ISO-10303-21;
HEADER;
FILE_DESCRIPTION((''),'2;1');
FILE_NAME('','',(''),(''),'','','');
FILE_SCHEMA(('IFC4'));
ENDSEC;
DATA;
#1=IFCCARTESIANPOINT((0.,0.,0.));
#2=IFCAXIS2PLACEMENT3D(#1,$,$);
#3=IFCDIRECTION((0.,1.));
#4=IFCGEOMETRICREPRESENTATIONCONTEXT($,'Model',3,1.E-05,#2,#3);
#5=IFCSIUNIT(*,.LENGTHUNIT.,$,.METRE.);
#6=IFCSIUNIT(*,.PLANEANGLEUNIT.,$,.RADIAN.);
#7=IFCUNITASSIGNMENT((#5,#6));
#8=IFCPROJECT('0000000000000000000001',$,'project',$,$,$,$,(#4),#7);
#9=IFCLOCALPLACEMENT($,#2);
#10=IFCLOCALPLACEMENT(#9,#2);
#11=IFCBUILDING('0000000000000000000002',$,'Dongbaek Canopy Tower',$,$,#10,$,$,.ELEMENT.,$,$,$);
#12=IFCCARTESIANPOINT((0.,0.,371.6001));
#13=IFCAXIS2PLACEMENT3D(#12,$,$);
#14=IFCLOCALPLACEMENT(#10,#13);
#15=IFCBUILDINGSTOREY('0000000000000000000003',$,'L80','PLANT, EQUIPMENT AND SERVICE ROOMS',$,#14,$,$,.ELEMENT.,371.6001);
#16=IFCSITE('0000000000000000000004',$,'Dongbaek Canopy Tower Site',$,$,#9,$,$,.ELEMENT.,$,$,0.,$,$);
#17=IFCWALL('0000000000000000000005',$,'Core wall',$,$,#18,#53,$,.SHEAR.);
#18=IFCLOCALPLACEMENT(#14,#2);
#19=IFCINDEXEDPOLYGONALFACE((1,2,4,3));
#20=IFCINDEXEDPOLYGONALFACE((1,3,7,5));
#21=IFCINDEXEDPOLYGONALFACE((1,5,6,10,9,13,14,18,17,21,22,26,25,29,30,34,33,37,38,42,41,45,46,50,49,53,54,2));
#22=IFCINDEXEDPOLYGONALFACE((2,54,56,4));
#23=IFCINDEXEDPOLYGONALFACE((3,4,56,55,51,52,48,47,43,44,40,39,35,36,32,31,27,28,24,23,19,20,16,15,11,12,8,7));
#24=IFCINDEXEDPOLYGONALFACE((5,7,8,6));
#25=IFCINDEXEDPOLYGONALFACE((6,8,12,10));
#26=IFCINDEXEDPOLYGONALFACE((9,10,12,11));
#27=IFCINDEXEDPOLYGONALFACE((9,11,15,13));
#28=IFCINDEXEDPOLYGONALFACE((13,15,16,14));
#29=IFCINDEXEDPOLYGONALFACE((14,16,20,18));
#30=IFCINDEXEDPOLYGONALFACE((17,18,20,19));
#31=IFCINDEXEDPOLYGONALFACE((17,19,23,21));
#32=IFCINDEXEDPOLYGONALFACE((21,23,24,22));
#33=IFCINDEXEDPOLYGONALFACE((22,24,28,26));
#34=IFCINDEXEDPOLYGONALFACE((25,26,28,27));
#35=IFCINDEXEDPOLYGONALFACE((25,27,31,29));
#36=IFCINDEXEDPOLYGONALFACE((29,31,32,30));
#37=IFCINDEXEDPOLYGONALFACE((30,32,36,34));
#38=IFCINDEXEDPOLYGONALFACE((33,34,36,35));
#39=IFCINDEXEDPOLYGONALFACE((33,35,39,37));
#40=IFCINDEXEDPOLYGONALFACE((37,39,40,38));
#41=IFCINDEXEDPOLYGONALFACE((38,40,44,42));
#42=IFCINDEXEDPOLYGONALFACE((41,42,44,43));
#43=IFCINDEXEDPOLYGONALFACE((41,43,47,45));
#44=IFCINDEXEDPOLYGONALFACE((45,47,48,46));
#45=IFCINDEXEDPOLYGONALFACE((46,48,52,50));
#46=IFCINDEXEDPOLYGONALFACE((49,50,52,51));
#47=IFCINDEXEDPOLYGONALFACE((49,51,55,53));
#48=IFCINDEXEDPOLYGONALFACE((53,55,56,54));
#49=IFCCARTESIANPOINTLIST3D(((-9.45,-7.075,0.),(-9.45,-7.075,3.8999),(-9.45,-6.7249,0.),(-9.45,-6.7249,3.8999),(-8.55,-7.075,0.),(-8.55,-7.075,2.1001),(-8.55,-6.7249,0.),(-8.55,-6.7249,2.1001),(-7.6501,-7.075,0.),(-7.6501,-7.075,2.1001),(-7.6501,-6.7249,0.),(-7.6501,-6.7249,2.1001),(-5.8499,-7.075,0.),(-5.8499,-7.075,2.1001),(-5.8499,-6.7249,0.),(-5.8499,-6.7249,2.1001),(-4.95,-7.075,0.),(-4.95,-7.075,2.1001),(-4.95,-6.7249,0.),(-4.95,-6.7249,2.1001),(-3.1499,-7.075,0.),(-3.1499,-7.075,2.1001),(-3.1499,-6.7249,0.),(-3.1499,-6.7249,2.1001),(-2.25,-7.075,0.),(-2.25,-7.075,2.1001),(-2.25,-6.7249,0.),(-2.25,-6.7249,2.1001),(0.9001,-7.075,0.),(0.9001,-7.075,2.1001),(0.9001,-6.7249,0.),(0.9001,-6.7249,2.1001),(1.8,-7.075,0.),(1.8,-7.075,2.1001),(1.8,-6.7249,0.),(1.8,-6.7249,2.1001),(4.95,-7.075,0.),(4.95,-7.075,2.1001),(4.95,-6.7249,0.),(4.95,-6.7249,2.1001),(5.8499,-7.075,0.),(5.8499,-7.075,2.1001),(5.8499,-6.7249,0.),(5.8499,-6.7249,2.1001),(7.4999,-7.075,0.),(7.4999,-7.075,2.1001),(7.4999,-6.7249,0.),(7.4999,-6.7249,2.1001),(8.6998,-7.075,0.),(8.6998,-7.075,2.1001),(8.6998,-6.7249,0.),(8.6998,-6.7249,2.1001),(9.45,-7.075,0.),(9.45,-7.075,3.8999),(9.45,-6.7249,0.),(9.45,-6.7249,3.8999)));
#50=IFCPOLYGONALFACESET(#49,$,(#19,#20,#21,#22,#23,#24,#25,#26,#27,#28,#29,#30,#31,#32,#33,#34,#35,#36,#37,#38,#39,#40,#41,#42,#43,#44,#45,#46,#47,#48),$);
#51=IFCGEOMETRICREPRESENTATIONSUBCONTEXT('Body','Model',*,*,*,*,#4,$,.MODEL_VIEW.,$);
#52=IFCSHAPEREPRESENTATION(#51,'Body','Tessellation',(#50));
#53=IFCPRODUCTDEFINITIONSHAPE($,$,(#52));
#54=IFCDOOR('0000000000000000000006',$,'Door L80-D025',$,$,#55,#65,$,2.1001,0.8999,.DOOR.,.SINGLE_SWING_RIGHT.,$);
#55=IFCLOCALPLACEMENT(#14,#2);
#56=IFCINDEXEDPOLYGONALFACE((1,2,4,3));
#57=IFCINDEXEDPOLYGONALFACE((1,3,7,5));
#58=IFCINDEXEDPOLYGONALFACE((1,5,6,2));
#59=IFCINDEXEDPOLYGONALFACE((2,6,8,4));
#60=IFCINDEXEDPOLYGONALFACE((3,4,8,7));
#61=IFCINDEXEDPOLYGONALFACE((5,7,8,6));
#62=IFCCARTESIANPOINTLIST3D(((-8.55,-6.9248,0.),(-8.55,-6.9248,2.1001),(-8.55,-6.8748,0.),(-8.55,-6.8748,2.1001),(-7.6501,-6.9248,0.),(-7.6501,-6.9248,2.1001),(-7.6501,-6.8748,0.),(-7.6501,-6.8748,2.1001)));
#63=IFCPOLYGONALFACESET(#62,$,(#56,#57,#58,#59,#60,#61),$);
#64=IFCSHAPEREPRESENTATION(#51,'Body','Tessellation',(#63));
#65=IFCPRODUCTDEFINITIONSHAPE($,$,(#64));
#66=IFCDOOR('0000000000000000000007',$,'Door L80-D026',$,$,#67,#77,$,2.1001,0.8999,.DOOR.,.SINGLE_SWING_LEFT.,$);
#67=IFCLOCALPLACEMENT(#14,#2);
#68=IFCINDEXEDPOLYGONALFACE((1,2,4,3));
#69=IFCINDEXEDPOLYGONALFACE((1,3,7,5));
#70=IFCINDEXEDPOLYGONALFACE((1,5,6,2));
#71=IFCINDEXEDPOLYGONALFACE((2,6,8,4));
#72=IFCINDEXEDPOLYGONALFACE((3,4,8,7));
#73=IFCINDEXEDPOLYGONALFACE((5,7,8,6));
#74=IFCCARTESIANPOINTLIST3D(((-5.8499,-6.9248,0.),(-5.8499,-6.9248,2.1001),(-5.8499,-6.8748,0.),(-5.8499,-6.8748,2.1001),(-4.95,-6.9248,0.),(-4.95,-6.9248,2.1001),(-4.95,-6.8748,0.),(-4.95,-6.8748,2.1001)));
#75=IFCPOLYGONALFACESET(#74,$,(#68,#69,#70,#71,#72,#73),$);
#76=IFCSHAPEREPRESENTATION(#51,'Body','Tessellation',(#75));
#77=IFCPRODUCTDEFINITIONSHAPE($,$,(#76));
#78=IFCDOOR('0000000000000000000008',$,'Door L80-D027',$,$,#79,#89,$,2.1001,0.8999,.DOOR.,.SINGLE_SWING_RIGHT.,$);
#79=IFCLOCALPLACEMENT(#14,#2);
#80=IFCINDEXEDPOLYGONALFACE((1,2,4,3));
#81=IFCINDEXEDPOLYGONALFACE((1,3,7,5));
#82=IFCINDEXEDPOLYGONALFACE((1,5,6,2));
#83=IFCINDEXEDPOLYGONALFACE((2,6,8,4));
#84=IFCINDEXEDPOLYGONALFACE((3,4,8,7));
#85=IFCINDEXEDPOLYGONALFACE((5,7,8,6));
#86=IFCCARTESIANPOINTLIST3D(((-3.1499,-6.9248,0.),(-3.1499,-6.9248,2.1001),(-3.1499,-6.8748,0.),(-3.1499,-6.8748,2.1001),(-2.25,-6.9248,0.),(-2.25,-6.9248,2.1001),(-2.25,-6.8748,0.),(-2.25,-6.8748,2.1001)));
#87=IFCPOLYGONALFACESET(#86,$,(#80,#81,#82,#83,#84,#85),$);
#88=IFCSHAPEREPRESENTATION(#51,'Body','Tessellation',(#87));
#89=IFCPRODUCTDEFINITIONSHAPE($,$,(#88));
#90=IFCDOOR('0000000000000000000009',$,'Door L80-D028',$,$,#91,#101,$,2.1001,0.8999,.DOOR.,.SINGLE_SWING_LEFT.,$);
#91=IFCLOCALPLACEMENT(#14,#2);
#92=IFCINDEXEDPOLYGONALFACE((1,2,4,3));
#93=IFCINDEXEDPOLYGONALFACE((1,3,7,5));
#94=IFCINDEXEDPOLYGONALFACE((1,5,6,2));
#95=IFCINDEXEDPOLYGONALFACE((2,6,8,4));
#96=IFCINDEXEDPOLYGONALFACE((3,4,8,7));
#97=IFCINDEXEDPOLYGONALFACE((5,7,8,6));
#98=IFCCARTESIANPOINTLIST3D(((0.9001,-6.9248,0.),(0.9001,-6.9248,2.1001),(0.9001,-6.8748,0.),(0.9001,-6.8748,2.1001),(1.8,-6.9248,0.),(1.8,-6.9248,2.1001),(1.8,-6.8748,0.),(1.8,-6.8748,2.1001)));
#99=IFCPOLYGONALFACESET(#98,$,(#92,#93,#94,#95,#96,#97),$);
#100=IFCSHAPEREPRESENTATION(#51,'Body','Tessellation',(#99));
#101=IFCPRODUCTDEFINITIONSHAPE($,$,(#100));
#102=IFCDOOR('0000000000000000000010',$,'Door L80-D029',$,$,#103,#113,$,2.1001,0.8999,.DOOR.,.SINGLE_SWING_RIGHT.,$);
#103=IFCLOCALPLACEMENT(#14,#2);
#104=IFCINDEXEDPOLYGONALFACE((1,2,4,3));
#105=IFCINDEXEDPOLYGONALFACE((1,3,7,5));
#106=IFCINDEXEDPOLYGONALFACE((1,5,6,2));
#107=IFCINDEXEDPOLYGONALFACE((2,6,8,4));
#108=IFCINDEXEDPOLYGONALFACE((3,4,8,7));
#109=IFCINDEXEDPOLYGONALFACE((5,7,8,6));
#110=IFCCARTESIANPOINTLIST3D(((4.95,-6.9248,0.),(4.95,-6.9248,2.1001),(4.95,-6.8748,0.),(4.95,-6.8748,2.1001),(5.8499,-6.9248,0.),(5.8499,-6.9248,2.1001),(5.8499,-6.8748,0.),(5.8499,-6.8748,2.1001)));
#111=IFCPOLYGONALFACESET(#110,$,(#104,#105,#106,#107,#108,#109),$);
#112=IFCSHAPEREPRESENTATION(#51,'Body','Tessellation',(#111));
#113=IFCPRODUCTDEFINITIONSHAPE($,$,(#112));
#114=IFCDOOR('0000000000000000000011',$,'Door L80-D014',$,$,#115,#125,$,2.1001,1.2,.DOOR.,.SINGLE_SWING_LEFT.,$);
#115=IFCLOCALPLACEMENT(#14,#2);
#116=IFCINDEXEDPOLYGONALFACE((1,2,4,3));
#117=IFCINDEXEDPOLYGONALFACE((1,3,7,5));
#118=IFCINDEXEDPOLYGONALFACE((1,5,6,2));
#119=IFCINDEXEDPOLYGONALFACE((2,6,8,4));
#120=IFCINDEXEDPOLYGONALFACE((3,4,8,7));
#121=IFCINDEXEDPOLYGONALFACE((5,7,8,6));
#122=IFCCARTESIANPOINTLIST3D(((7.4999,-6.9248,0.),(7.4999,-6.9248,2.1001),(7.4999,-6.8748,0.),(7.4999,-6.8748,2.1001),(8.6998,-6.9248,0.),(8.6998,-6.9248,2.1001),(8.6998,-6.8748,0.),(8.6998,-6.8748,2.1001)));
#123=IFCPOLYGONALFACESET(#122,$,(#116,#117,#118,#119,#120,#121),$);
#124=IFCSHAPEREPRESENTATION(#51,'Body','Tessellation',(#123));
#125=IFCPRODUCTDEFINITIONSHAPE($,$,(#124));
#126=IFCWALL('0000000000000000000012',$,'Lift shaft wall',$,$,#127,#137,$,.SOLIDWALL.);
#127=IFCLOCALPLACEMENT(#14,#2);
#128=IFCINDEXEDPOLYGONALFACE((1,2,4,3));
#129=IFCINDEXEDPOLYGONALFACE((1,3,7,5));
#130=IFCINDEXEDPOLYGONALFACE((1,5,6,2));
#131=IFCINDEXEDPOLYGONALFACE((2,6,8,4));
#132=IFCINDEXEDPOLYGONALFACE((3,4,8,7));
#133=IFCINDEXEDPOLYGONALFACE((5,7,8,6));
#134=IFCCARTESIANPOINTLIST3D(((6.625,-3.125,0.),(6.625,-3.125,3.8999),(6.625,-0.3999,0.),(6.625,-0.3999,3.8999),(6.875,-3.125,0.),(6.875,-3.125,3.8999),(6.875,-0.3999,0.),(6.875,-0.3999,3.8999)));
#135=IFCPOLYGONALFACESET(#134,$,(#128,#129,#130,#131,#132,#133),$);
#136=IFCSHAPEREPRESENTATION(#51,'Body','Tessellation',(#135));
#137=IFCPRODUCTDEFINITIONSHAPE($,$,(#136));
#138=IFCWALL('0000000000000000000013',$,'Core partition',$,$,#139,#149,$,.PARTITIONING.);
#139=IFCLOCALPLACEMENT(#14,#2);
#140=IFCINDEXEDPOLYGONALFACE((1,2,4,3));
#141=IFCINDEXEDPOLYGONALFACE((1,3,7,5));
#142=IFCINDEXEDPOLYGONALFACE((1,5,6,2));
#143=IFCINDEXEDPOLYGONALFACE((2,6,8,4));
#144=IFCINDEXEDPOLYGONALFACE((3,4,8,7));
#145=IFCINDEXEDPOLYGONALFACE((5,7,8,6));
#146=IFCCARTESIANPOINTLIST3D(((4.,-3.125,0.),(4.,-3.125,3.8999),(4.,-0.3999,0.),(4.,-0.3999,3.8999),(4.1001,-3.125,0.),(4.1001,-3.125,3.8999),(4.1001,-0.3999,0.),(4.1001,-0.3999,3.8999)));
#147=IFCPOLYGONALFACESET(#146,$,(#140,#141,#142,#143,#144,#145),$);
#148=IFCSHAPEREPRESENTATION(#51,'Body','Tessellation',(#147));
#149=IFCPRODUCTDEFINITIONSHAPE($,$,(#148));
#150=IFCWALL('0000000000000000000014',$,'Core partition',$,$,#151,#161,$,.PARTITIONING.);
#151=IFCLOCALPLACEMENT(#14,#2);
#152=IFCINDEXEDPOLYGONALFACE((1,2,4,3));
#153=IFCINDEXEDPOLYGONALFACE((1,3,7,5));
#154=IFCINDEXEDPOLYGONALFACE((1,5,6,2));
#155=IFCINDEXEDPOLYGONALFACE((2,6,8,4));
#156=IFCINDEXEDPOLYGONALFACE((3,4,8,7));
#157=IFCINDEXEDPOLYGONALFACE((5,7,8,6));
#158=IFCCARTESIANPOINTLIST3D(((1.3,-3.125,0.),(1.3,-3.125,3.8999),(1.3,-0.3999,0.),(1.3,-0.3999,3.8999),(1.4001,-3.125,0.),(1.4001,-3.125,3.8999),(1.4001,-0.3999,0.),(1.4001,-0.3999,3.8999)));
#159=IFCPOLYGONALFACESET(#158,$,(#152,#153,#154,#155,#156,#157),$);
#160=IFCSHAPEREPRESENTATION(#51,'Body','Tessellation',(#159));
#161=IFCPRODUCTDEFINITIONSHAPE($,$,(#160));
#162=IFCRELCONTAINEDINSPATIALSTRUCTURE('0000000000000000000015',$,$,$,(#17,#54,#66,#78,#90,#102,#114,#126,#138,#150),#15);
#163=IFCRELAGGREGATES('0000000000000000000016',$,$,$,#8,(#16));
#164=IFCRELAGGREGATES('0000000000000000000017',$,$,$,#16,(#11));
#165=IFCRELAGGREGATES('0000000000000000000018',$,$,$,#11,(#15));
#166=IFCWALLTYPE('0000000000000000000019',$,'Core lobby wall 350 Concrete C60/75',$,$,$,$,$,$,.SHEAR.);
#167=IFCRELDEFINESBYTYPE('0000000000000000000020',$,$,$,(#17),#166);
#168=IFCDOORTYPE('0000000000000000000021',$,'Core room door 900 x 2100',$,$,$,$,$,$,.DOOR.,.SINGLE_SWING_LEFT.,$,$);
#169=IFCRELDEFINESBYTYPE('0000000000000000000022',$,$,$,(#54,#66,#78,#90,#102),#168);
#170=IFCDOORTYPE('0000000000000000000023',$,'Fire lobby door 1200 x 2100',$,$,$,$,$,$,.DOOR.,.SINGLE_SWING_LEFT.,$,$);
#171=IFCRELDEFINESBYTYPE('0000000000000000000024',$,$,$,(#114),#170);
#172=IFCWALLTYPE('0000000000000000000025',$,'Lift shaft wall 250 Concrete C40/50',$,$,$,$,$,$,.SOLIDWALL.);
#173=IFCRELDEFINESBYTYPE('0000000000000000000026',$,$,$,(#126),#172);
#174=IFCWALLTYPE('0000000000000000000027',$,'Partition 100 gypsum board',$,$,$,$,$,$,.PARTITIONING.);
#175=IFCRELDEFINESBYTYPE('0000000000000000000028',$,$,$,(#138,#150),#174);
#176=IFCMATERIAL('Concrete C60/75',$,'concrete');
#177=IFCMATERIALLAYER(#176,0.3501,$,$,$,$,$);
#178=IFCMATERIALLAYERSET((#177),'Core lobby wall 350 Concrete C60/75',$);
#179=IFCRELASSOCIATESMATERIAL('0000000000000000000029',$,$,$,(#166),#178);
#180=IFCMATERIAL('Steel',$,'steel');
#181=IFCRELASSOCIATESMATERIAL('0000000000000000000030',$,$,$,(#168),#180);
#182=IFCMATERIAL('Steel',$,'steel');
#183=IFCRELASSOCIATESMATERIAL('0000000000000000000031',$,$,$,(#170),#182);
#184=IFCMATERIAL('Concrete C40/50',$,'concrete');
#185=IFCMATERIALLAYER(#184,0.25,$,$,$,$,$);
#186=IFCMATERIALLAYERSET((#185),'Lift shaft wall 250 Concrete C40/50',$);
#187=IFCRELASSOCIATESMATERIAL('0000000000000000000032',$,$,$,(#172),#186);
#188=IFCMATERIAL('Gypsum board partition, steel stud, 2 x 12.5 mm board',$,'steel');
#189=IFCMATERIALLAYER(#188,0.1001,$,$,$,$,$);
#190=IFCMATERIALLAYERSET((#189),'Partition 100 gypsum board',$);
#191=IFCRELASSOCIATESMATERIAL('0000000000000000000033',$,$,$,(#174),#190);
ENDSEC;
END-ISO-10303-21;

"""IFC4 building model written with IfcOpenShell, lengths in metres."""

from ifc_helpers import new_model, si_unit, direction, frame, frame_2d, origin, place, context, subcontext, project, spatial, rectangle, extrude, material, layer, layer_set, type_object, element, fill, save


model = new_model("IFC4")

# Units and contexts
model_context = context("Model", 3, precision=1e-05, world=origin(), true_north=direction((0.0, 1.0)))
body_context = subcontext(model_context, "Body", "Model", "MODEL_VIEW")
ifc_project = project(units=[si_unit("LENGTHUNIT", "METRE"), si_unit("PLANEANGLEUNIT", "RADIAN")], contexts=[model_context])

# Site, building, storey
site_placement = place(None, origin())
site = spatial("IfcSite", under=ifc_project, at=site_placement, Name="Dongbaek Canopy Tower Site", CompositionType="ELEMENT", RefElevation=0.0)
building_placement = place(site_placement, origin())
building = spatial("IfcBuilding", under=site, at=building_placement, Name="Dongbaek Canopy Tower", CompositionType="ELEMENT")
storey_placement = place(building_placement, frame((0.0, 0.0, 371.6001)))
storey = spatial("IfcBuildingStorey", under=building, at=storey_placement, Name="L80", Description="PLANT, EQUIPMENT AND SERVICE ROOMS", CompositionType="ELEMENT", Elevation=371.6001)

# Wall, openings, doors
ifc_material_1 = material(Name="Concrete C60/75", Category="concrete")
ifc_layer_1 = layer(ifc_material_1, 0.3501)
ifc_layer_set_1 = layer_set([ifc_layer_1], Name="Core lobby wall 350 Concrete C60/75")
wall_type_1 = type_object("IfcWallType", Name="Core lobby wall 350 Concrete C60/75", PredefinedType="SHEAR", material=ifc_layer_set_1)
wall_1_placement = place(storey_placement, frame((9.45, -6.8999, 0.0), z_axis=(0.0, 0.0, 1.0), x_axis=(-1.0, 0.0, 0.0)))
wall_1 = element("IfcWall", 1, at=wall_1_placement, inside=storey, type_object=wall_type_1, Name="Core wall", PredefinedType="SHEAR", context=body_context, shape_type="SweptSolid", body=[
    extrude(rectangle(XDim=18.8999, YDim=0.3501, at=frame_2d((9.45, 0.0))), origin(), (0.0, 0.0, 1.0), 3.8999),
])
opening_1_placement = place(wall_1_placement, frame((0.75, 0.0, 0.0)))
opening_1 = element("IfcOpeningElement", 2, at=opening_1_placement, cuts=wall_1, PredefinedType="OPENING", context=body_context, shape_type="SweptSolid", body=[
    extrude(rectangle(XDim=1.2, YDim=2.1001, at=frame_2d((0.6001, 1.05))), frame((0.0, 0.1851, 0.0), z_axis=(0.0, -1.0, 0.0), x_axis=(1.0, 0.0, 0.0)), (0.0, 0.0, 1.0), 0.3701),
])
opening_2_placement = place(wall_1_placement, frame((17.1001, 0.0, 0.0)))
opening_2 = element("IfcOpeningElement", 3, at=opening_2_placement, cuts=wall_1, PredefinedType="OPENING", context=body_context, shape_type="SweptSolid", body=[
    extrude(rectangle(XDim=0.8999, YDim=2.1001, at=frame_2d((0.45, 1.05))), frame((0.0, 0.1851, 0.0), z_axis=(0.0, -1.0, 0.0), x_axis=(1.0, 0.0, 0.0)), (0.0, 0.0, 1.0), 0.3701),
])
opening_3_placement = place(wall_1_placement, frame((14.3999, 0.0, 0.0)))
opening_3 = element("IfcOpeningElement", 4, at=opening_3_placement, cuts=wall_1, PredefinedType="OPENING", context=body_context, shape_type="SweptSolid", body=[
    extrude(rectangle(XDim=0.8999, YDim=2.1001, at=frame_2d((0.45, 1.05))), frame((0.0, 0.1851, 0.0), z_axis=(0.0, -1.0, 0.0), x_axis=(1.0, 0.0, 0.0)), (0.0, 0.0, 1.0), 0.3701),
])
opening_4_placement = place(wall_1_placement, frame((11.7, 0.0, 0.0)))
opening_4 = element("IfcOpeningElement", 5, at=opening_4_placement, cuts=wall_1, PredefinedType="OPENING", context=body_context, shape_type="SweptSolid", body=[
    extrude(rectangle(XDim=0.8999, YDim=2.1001, at=frame_2d((0.45, 1.05))), frame((0.0, 0.1851, 0.0), z_axis=(0.0, -1.0, 0.0), x_axis=(1.0, 0.0, 0.0)), (0.0, 0.0, 1.0), 0.3701),
])
opening_5_placement = place(wall_1_placement, frame((7.6499, 0.0, 0.0)))
opening_5 = element("IfcOpeningElement", 6, at=opening_5_placement, cuts=wall_1, PredefinedType="OPENING", context=body_context, shape_type="SweptSolid", body=[
    extrude(rectangle(XDim=0.8999, YDim=2.1001, at=frame_2d((0.45, 1.05))), frame((0.0, 0.1851, 0.0), z_axis=(0.0, -1.0, 0.0), x_axis=(1.0, 0.0, 0.0)), (0.0, 0.0, 1.0), 0.3701),
])
opening_6_placement = place(wall_1_placement, frame((3.6001, 0.0, 0.0)))
opening_6 = element("IfcOpeningElement", 7, at=opening_6_placement, cuts=wall_1, PredefinedType="OPENING", context=body_context, shape_type="SweptSolid", body=[
    extrude(rectangle(XDim=0.8999, YDim=2.1001, at=frame_2d((0.45, 1.05))), frame((0.0, 0.1851, 0.0), z_axis=(0.0, -1.0, 0.0), x_axis=(1.0, 0.0, 0.0)), (0.0, 0.0, 1.0), 0.3701),
])
ifc_material_2 = material(Name="Steel", Category="steel")
door_type_1 = type_object("IfcDoorType", Name="Core room door 900 x 2100", OperationType="SINGLE_SWING_LEFT", PredefinedType="DOOR", material=ifc_material_2)
door_1_placement = place(opening_2_placement, origin())
door_1 = element("IfcDoor", 8, at=door_1_placement, inside=storey, type_object=door_type_1, Name="Door L80-D025", OperationType="SINGLE_SWING_RIGHT", OverallHeight=2.1001, OverallWidth=0.8999, PredefinedType="DOOR", context=body_context, shape_type="SweptSolid", body=[
    extrude(rectangle(XDim=0.8999, YDim=2.1001, at=frame_2d((0.45, 1.05))), frame((0.0, 0.0249, 0.0), z_axis=(0.0, -1.0, 0.0), x_axis=(1.0, 0.0, 0.0)), (0.0, 0.0, 1.0), 0.05),
])
fill(opening_2, door_1)
door_2_placement = place(opening_3_placement, origin())
door_2 = element("IfcDoor", 9, at=door_2_placement, inside=storey, type_object=door_type_1, Name="Door L80-D026", OperationType="SINGLE_SWING_LEFT", OverallHeight=2.1001, OverallWidth=0.8999, PredefinedType="DOOR", context=body_context, shape_type="SweptSolid", body=[
    extrude(rectangle(XDim=0.8999, YDim=2.1001, at=frame_2d((0.45, 1.05))), frame((0.0, 0.0249, 0.0), z_axis=(0.0, -1.0, 0.0), x_axis=(1.0, 0.0, 0.0)), (0.0, 0.0, 1.0), 0.05),
])
fill(opening_3, door_2)
door_3_placement = place(opening_4_placement, origin())
door_3 = element("IfcDoor", 10, at=door_3_placement, inside=storey, type_object=door_type_1, Name="Door L80-D027", OperationType="SINGLE_SWING_RIGHT", OverallHeight=2.1001, OverallWidth=0.8999, PredefinedType="DOOR", context=body_context, shape_type="SweptSolid", body=[
    extrude(rectangle(XDim=0.8999, YDim=2.1001, at=frame_2d((0.45, 1.05))), frame((0.0, 0.0249, 0.0), z_axis=(0.0, -1.0, 0.0), x_axis=(1.0, 0.0, 0.0)), (0.0, 0.0, 1.0), 0.05),
])
fill(opening_4, door_3)
door_4_placement = place(opening_5_placement, origin())
door_4 = element("IfcDoor", 11, at=door_4_placement, inside=storey, type_object=door_type_1, Name="Door L80-D028", OperationType="SINGLE_SWING_LEFT", OverallHeight=2.1001, OverallWidth=0.8999, PredefinedType="DOOR", context=body_context, shape_type="SweptSolid", body=[
    extrude(rectangle(XDim=0.8999, YDim=2.1001, at=frame_2d((0.45, 1.05))), frame((0.0, 0.0249, 0.0), z_axis=(0.0, -1.0, 0.0), x_axis=(1.0, 0.0, 0.0)), (0.0, 0.0, 1.0), 0.05),
])
fill(opening_5, door_4)
door_5_placement = place(opening_6_placement, origin())
door_5 = element("IfcDoor", 12, at=door_5_placement, inside=storey, type_object=door_type_1, Name="Door L80-D029", OperationType="SINGLE_SWING_RIGHT", OverallHeight=2.1001, OverallWidth=0.8999, PredefinedType="DOOR", context=body_context, shape_type="SweptSolid", body=[
    extrude(rectangle(XDim=0.8999, YDim=2.1001, at=frame_2d((0.45, 1.05))), frame((0.0, 0.0249, 0.0), z_axis=(0.0, -1.0, 0.0), x_axis=(1.0, 0.0, 0.0)), (0.0, 0.0, 1.0), 0.05),
])
fill(opening_6, door_5)
ifc_material_3 = material(Name="Steel", Category="steel")
door_type_2 = type_object("IfcDoorType", Name="Fire lobby door 1200 x 2100", OperationType="SINGLE_SWING_LEFT", PredefinedType="DOOR", material=ifc_material_3)
door_6_placement = place(opening_1_placement, origin())
door_6 = element("IfcDoor", 13, at=door_6_placement, inside=storey, type_object=door_type_2, Name="Door L80-D014", OperationType="SINGLE_SWING_LEFT", OverallHeight=2.1001, OverallWidth=1.2, PredefinedType="DOOR", context=body_context, shape_type="SweptSolid", body=[
    extrude(rectangle(XDim=1.2, YDim=2.1001, at=frame_2d((0.6001, 1.05))), frame((0.0, 0.0249, 0.0), z_axis=(0.0, -1.0, 0.0), x_axis=(1.0, 0.0, 0.0)), (0.0, 0.0, 1.0), 0.05),
])
fill(opening_1, door_6)

# Walls
ifc_material_4 = material(Name="Concrete C40/50", Category="concrete")
ifc_layer_2 = layer(ifc_material_4, 0.25)
ifc_layer_set_2 = layer_set([ifc_layer_2], Name="Lift shaft wall 250 Concrete C40/50")
wall_type_2 = type_object("IfcWallType", Name="Lift shaft wall 250 Concrete C40/50", PredefinedType="SOLIDWALL", material=ifc_layer_set_2)
wall_2_placement = place(storey_placement, frame((6.75, -3.125, 0.0), z_axis=(0.0, 0.0, 1.0), x_axis=(0.0, 1.0, 0.0)))
element("IfcWall", 14, at=wall_2_placement, inside=storey, type_object=wall_type_2, Name="Lift shaft wall", PredefinedType="SOLIDWALL", context=body_context, shape_type="SweptSolid", body=[
    extrude(rectangle(XDim=2.7251, YDim=0.25, at=frame_2d((1.3625, 0.0))), origin(), (0.0, 0.0, 1.0), 3.8999),
])
ifc_material_5 = material(Name="Gypsum board partition, steel stud, 2 x 12.5 mm board", Category="steel")
ifc_layer_3 = layer(ifc_material_5, 0.1001)
ifc_layer_set_3 = layer_set([ifc_layer_3], Name="Partition 100 gypsum board")
wall_type_3 = type_object("IfcWallType", Name="Partition 100 gypsum board", PredefinedType="PARTITIONING", material=ifc_layer_set_3)
for number, where, z_axis, x_axis, name in (
    (15, (4.05, -3.125, 0.0), (0.0, 0.0, 1.0), (0.0, 1.0, 0.0), "Core partition"),
    (16, (1.3501, -3.125, 0.0), (0.0, 0.0, 1.0), (0.0, 1.0, 0.0), "Core partition"),
):
    element("IfcWall", number, at=place(storey_placement, frame(where, z_axis=z_axis, x_axis=x_axis)), inside=storey, type_object=wall_type_3, Name=name, PredefinedType="PARTITIONING", context=body_context, shape_type="SweptSolid", body=[
        extrude(rectangle(XDim=2.7251, YDim=0.1001, at=frame_2d((1.3625, 0.0))), origin(), (0.0, 0.0, 1.0), 3.8999),
    ])

save(model, "model.ifc")
